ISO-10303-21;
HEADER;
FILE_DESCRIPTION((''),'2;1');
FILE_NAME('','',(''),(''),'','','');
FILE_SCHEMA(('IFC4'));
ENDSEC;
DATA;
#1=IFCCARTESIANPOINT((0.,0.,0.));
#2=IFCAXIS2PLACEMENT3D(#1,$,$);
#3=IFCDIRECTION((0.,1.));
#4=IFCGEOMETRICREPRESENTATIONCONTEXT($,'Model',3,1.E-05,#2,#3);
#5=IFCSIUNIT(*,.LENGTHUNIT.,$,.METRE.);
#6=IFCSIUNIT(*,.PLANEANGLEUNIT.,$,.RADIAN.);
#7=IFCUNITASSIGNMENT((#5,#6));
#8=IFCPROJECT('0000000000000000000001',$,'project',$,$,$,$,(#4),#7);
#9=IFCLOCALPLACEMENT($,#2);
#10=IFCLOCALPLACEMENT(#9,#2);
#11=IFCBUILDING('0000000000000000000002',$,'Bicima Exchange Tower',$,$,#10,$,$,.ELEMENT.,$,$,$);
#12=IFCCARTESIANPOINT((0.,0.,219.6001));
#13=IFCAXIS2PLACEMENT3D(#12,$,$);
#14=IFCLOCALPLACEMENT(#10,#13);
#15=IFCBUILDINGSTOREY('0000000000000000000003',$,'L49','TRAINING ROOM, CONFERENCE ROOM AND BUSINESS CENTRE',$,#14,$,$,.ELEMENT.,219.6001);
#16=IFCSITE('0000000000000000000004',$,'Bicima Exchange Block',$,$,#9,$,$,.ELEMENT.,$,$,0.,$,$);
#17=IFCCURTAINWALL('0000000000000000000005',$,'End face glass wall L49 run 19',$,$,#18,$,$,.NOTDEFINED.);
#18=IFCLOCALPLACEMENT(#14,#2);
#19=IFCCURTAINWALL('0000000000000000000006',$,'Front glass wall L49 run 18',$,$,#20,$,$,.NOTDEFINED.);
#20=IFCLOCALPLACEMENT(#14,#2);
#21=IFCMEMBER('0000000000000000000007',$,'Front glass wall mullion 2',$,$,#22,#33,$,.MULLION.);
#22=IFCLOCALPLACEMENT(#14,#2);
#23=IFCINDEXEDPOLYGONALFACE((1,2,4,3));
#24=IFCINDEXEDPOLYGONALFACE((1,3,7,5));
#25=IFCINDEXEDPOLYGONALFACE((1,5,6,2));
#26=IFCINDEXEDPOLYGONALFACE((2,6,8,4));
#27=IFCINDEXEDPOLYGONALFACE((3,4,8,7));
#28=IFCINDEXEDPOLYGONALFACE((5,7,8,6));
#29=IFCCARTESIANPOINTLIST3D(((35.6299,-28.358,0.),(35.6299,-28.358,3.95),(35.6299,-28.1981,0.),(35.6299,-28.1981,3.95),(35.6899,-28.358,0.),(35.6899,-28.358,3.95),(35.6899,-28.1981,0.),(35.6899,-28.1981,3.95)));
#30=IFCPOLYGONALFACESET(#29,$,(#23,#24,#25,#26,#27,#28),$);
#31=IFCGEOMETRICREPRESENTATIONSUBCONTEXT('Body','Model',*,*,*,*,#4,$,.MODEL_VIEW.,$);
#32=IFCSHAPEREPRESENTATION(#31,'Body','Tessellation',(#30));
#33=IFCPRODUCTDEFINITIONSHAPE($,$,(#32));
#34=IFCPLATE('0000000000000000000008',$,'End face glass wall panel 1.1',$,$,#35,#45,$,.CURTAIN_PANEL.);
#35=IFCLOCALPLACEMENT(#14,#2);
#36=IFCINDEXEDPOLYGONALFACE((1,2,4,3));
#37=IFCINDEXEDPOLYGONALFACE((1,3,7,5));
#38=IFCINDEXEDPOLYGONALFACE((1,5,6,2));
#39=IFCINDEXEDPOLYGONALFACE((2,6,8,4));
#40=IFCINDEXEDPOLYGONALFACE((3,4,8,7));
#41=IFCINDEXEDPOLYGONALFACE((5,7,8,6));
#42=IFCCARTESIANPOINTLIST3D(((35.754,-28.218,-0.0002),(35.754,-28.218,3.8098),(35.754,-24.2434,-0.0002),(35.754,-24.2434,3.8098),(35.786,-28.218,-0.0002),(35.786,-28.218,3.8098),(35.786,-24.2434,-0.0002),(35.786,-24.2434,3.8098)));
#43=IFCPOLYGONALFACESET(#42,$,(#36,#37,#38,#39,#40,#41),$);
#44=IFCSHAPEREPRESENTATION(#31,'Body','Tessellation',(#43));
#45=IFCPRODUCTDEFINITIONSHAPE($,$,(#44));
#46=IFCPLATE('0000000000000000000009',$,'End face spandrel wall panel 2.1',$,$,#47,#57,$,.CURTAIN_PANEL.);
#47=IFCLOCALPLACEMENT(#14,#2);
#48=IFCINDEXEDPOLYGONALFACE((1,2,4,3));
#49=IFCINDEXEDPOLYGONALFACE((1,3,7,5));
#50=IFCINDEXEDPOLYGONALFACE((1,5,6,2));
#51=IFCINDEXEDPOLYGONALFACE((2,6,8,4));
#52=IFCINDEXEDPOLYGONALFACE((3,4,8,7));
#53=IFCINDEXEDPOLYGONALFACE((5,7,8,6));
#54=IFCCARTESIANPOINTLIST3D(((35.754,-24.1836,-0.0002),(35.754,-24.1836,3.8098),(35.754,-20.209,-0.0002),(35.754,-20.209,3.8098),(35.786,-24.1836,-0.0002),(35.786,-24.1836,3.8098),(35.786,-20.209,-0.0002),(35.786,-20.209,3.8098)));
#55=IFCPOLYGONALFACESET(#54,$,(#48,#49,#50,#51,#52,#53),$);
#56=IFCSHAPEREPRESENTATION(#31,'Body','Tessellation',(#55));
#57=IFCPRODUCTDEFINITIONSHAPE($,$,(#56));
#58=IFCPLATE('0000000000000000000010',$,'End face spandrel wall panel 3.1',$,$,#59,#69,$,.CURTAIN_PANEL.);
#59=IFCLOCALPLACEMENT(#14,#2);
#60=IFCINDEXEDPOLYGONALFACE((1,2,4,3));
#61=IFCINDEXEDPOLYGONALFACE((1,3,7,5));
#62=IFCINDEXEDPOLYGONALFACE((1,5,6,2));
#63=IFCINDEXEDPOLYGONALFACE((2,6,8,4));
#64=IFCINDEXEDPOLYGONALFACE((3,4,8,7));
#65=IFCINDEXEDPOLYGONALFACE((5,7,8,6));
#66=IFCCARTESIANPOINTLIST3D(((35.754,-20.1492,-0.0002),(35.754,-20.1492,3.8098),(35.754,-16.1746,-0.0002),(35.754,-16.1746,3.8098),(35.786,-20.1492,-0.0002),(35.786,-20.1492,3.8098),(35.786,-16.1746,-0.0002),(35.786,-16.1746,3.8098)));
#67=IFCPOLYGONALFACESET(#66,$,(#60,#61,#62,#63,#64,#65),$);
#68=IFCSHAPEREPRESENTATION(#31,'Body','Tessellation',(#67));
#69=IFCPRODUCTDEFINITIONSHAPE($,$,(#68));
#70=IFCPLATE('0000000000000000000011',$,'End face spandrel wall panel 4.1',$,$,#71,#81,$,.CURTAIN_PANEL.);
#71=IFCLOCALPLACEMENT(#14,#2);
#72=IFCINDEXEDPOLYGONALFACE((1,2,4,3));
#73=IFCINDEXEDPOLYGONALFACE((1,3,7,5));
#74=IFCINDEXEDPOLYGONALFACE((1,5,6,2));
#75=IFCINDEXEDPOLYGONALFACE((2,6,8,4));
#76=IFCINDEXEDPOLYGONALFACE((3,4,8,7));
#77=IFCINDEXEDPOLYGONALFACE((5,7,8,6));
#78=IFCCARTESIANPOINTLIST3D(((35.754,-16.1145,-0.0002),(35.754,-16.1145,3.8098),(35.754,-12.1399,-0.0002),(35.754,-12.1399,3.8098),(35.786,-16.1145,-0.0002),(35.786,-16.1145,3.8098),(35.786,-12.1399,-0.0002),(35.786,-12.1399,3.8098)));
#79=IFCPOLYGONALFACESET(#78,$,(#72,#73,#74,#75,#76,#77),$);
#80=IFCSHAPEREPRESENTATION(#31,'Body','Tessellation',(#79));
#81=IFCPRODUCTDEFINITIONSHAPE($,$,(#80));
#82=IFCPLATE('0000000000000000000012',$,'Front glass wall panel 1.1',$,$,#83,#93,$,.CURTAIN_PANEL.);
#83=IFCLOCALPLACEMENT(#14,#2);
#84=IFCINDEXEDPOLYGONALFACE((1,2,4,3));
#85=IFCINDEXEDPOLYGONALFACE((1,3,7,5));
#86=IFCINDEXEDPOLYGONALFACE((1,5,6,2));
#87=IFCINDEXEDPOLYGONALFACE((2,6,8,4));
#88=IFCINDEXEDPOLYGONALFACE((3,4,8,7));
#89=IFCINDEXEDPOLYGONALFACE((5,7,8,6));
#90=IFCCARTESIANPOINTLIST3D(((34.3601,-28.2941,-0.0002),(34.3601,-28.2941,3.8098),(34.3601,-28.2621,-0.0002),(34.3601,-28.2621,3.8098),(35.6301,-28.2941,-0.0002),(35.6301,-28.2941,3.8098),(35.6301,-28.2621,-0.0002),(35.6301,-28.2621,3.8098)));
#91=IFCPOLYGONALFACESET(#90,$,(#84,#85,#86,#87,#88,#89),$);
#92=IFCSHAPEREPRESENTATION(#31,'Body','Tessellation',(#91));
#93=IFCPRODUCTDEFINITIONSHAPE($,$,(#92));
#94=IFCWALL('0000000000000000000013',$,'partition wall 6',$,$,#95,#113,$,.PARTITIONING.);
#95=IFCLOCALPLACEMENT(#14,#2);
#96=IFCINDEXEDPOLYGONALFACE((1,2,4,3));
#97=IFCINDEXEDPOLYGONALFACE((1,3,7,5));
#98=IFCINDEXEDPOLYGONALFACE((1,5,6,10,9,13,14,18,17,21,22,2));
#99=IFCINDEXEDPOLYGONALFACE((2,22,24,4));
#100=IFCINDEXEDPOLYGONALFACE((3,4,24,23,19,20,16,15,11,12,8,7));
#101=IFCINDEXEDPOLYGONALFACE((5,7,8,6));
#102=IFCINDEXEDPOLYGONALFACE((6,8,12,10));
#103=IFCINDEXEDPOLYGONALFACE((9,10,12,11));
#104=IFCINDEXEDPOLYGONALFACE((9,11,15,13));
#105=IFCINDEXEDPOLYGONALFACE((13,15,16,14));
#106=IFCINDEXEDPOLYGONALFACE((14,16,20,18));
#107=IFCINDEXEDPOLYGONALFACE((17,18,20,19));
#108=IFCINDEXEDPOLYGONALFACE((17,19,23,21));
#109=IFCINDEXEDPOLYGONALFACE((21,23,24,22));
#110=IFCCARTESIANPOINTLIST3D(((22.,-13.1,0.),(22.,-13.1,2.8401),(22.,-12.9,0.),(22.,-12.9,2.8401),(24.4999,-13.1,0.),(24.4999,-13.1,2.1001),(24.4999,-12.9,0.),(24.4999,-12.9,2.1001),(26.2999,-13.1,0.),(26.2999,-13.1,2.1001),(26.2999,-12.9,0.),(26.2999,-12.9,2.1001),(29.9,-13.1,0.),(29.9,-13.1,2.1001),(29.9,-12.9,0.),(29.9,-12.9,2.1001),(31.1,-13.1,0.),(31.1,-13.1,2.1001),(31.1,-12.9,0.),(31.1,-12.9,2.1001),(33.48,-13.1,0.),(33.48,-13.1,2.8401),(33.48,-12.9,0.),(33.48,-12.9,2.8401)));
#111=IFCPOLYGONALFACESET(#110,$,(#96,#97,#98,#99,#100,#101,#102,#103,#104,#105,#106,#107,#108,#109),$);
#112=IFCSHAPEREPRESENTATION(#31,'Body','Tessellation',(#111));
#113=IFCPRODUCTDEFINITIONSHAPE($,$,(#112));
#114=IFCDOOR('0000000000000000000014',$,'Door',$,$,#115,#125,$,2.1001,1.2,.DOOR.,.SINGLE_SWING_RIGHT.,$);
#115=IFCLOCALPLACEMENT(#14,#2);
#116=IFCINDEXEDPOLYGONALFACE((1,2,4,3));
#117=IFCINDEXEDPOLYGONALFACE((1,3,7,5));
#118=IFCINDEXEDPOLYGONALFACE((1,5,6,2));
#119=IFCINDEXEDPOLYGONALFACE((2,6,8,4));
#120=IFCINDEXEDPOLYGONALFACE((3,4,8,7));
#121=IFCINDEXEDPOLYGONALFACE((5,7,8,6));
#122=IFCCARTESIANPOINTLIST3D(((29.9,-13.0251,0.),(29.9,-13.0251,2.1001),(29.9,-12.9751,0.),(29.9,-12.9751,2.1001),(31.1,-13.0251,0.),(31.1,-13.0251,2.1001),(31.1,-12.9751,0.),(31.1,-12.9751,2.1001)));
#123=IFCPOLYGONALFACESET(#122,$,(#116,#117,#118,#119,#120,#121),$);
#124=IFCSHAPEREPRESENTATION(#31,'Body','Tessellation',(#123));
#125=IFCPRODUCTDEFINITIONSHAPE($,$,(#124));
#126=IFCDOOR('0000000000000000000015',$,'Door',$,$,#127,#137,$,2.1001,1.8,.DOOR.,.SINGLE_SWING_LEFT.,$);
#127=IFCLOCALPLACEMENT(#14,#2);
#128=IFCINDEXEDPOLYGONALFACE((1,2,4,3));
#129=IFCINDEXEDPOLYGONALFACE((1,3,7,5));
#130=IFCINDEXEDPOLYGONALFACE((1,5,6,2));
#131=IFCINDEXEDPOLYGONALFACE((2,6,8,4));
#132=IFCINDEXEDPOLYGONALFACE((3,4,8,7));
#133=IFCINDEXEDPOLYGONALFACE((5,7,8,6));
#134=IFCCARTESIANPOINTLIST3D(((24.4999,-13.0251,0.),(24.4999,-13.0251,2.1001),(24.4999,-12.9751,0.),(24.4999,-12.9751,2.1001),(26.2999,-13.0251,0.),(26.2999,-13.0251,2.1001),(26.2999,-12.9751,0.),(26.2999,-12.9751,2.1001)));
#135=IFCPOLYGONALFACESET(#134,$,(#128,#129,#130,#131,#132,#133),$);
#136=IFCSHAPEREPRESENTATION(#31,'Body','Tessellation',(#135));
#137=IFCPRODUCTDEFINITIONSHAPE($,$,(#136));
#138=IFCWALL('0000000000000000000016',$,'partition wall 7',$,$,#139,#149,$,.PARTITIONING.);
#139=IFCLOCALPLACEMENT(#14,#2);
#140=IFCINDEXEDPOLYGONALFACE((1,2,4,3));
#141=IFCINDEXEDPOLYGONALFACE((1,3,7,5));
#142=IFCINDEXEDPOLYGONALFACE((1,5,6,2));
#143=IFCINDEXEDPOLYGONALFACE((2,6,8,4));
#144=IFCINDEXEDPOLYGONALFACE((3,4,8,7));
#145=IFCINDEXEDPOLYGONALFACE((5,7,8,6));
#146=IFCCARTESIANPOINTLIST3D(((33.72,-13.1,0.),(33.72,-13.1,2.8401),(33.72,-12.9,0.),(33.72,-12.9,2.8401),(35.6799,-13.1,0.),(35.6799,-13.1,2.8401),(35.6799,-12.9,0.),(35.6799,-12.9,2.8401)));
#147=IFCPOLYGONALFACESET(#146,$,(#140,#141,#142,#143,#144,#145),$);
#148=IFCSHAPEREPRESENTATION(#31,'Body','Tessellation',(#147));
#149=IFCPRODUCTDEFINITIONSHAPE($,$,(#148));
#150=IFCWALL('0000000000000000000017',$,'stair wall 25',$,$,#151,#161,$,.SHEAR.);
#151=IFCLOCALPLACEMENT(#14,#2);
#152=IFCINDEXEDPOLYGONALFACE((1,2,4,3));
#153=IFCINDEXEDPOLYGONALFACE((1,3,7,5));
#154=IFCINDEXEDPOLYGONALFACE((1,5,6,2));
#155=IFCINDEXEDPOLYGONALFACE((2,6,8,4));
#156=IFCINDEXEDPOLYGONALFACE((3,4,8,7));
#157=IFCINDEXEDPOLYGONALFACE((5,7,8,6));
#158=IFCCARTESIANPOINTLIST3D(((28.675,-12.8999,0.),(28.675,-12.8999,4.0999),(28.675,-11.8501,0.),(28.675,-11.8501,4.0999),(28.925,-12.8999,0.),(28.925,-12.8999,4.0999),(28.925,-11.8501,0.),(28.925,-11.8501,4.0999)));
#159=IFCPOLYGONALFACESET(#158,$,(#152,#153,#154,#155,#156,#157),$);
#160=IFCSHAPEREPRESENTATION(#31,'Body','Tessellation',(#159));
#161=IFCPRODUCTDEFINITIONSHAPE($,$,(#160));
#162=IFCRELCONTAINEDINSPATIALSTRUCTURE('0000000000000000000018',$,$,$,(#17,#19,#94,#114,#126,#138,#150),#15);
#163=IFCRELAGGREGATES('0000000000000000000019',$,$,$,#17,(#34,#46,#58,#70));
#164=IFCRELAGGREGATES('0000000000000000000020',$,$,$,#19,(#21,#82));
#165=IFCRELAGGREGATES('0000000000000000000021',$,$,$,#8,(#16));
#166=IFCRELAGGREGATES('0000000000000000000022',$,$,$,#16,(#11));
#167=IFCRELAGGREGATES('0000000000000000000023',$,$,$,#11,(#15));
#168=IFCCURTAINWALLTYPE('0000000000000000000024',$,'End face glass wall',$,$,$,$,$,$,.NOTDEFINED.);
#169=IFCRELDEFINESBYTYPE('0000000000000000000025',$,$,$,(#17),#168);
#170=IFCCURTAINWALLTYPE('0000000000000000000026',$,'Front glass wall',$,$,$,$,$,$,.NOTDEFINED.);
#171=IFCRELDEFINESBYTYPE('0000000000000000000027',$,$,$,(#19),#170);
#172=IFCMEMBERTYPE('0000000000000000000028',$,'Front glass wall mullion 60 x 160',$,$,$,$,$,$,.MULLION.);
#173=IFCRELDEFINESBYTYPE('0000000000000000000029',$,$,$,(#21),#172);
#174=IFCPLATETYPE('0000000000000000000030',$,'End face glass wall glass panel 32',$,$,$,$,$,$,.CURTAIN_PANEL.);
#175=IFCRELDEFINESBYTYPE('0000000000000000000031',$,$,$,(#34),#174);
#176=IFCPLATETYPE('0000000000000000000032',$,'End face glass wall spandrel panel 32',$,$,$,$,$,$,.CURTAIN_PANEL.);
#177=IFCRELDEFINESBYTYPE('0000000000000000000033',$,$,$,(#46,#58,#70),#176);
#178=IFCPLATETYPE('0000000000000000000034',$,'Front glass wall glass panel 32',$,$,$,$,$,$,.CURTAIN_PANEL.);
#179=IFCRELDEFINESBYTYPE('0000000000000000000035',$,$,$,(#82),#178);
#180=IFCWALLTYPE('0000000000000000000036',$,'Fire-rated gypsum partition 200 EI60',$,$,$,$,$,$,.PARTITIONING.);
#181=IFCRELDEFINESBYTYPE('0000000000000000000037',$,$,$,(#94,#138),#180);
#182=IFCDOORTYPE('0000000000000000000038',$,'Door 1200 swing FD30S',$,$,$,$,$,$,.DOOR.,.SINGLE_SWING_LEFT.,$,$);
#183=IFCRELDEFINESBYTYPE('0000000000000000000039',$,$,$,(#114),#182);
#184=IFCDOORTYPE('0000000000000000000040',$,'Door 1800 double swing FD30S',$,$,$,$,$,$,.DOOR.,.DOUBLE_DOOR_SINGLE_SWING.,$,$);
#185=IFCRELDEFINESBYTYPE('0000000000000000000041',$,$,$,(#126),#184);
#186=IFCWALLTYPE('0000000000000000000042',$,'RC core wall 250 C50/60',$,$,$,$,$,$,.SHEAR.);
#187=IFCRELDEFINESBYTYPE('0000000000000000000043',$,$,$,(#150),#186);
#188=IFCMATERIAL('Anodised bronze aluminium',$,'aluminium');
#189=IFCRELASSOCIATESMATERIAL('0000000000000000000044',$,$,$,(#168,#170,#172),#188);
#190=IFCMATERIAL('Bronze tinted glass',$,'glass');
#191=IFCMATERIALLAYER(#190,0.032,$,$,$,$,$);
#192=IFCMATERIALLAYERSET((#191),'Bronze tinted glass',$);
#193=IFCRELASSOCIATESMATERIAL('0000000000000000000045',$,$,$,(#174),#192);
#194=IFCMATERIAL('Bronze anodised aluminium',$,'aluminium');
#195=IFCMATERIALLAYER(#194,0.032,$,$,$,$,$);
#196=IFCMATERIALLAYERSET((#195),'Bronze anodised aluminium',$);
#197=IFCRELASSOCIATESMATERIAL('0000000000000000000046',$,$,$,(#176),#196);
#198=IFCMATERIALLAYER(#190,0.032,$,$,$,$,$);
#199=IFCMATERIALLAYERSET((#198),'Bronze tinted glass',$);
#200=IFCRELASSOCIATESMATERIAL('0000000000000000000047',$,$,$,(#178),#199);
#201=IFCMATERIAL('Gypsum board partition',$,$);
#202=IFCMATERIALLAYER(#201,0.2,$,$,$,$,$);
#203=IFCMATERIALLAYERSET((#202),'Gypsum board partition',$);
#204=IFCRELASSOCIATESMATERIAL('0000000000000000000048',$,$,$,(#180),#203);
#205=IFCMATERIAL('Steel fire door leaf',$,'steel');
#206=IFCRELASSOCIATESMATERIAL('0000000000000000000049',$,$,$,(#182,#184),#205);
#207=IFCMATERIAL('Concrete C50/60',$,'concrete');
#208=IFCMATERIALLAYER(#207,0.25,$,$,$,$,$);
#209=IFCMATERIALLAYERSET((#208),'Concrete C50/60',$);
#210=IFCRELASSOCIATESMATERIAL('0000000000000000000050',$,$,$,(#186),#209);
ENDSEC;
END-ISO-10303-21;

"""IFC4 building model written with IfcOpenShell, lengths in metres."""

from ifc_helpers import new_model, si_unit, direction, frame, frame_2d, origin, origin_2d, place, context, subcontext, project, spatial, rectangle, extrude, material, layer, layer_set, material_profile, profile_set, type_object, element, fill, aggregate, save


model = new_model("IFC4")

# Units and contexts
model_context = context("Model", 3, precision=1e-05, world=origin(), true_north=direction((0.0, 1.0)))
body_context = subcontext(model_context, "Body", "Model", "MODEL_VIEW")
ifc_project = project(units=[si_unit("LENGTHUNIT", "METRE"), si_unit("PLANEANGLEUNIT", "RADIAN")], contexts=[model_context])

# Site, building, storey
site_placement = place(None, origin())
site = spatial("IfcSite", under=ifc_project, at=site_placement, Name="Bicima Exchange Block", CompositionType="ELEMENT", RefElevation=0.0)
building_placement = place(site_placement, origin())
building = spatial("IfcBuilding", under=site, at=building_placement, Name="Bicima Exchange Tower", CompositionType="ELEMENT")
storey_placement = place(building_placement, frame((0.0, 0.0, 219.6001)))
storey = spatial("IfcBuildingStorey", under=building, at=storey_placement, Name="L49", Description="TRAINING ROOM, CONFERENCE ROOM AND BUSINESS CENTRE", CompositionType="ELEMENT", Elevation=219.6001)

# Curtain wall
ifc_material_1 = material(Name="Anodised bronze aluminium", Category="aluminium")
curtain_wall_type_1 = type_object("IfcCurtainWallType", Name="End face glass wall", PredefinedType="NOTDEFINED", material=ifc_material_1)
curtain_wall_1_placement = place(storey_placement, origin())
curtain_wall_1 = element("IfcCurtainWall", 1, at=curtain_wall_1_placement, inside=storey, type_object=curtain_wall_type_1, Name="End face glass wall L49 run 19", PredefinedType="NOTDEFINED")
ifc_material_profile_1 = material_profile(ifc_material_1, rectangle(XDim=0.1599, YDim=0.0601, at=origin_2d()))
ifc_profile_set_1 = profile_set([ifc_material_profile_1], Name="Anodised bronze aluminium")

# Curtain wall, member
curtain_wall_type_2 = type_object("IfcCurtainWallType", Name="Front glass wall", PredefinedType="NOTDEFINED", material=ifc_material_1)
curtain_wall_2_placement = place(storey_placement, origin())
curtain_wall_2 = element("IfcCurtainWall", 2, at=curtain_wall_2_placement, inside=storey, type_object=curtain_wall_type_2, Name="Front glass wall L49 run 18", PredefinedType="NOTDEFINED")
member_type_1 = type_object("IfcMemberType", Name="Front glass wall mullion 60 x 160", PredefinedType="MULLION", material=ifc_profile_set_1)
member_1_placement = place(storey_placement, frame((35.6599, -28.2781, 0.0), z_axis=(0.0, 0.0, 1.0), x_axis=(0.0, 1.0, 0.0)))
member_1 = element("IfcMember", 3, at=member_1_placement, type_object=member_type_1, Name="Front glass wall mullion 2", PredefinedType="MULLION", context=body_context, shape_type="SweptSolid", body=[
    extrude(rectangle(XDim=0.1599, YDim=0.0601, at=origin_2d()), origin(), (0.0, 0.0, 1.0), 3.95),
])

# Plates
ifc_material_2 = material(Name="Bronze tinted glass", Category="glass")
ifc_layer_1 = layer(ifc_material_2, 0.032)
ifc_layer_set_1 = layer_set([ifc_layer_1], Name="Bronze tinted glass")
plate_type_1 = type_object("IfcPlateType", Name="End face glass wall glass panel 32", PredefinedType="CURTAIN_PANEL", material=ifc_layer_set_1)
plate_1_placement = place(storey_placement, frame((35.77, -26.2307, -0.0002), z_axis=(0.0, 0.0, 1.0), x_axis=(0.0, 1.0, 0.0)))
plate_1 = element("IfcPlate", 4, at=plate_1_placement, type_object=plate_type_1, Name="End face glass wall panel 1.1", PredefinedType="CURTAIN_PANEL", context=body_context, shape_type="SweptSolid", body=[
    extrude(rectangle(XDim=3.9746, YDim=0.032, at=origin_2d()), origin(), (0.0, 0.0, 1.0), 3.8101),
])
ifc_material_3 = material(Name="Bronze anodised aluminium", Category="aluminium")
ifc_layer_2 = layer(ifc_material_3, 0.032)
ifc_layer_set_2 = layer_set([ifc_layer_2], Name="Bronze anodised aluminium")
plate_type_2 = type_object("IfcPlateType", Name="End face glass wall spandrel panel 32", PredefinedType="CURTAIN_PANEL", material=ifc_layer_set_2)
plate_2_placement = place(storey_placement, frame((35.77, -22.1963, -0.0002), z_axis=(0.0, 0.0, 1.0), x_axis=(0.0, 1.0, 0.0)))
plate_2 = element("IfcPlate", 5, at=plate_2_placement, type_object=plate_type_2, Name="End face spandrel wall panel 2.1", PredefinedType="CURTAIN_PANEL", context=body_context, shape_type="SweptSolid", body=[
    extrude(rectangle(XDim=3.9746, YDim=0.032, at=origin_2d()), origin(), (0.0, 0.0, 1.0), 3.8101),
])
plate_3_placement = place(storey_placement, frame((35.77, -18.1619, -0.0002), z_axis=(0.0, 0.0, 1.0), x_axis=(0.0, 1.0, 0.0)))
plate_3 = element("IfcPlate", 6, at=plate_3_placement, type_object=plate_type_2, Name="End face spandrel wall panel 3.1", PredefinedType="CURTAIN_PANEL", context=body_context, shape_type="SweptSolid", body=[
    extrude(rectangle(XDim=3.9746, YDim=0.032, at=origin_2d()), origin(), (0.0, 0.0, 1.0), 3.8101),
])
plate_4_placement = place(storey_placement, frame((35.77, -14.1272, -0.0002), z_axis=(0.0, 0.0, 1.0), x_axis=(0.0, 1.0, 0.0)))
plate_4 = element("IfcPlate", 7, at=plate_4_placement, type_object=plate_type_2, Name="End face spandrel wall panel 4.1", PredefinedType="CURTAIN_PANEL", context=body_context, shape_type="SweptSolid", body=[
    extrude(rectangle(XDim=3.9746, YDim=0.032, at=origin_2d()), origin(), (0.0, 0.0, 1.0), 3.8101),
])
aggregate(curtain_wall_1, [plate_1, plate_2, plate_3, plate_4])
ifc_layer_3 = layer(ifc_material_2, 0.032)
ifc_layer_set_3 = layer_set([ifc_layer_3], Name="Bronze tinted glass")
plate_type_3 = type_object("IfcPlateType", Name="Front glass wall glass panel 32", PredefinedType="CURTAIN_PANEL", material=ifc_layer_set_3)
plate_5_placement = place(storey_placement, frame((34.9951, -28.2781, -0.0002), z_axis=(0.0, 0.0, 1.0), x_axis=(1.0, 0.0, 0.0)))
plate_5 = element("IfcPlate", 8, at=plate_5_placement, type_object=plate_type_3, Name="Front glass wall panel 1.1", PredefinedType="CURTAIN_PANEL", context=body_context, shape_type="SweptSolid", body=[
    extrude(rectangle(XDim=1.27, YDim=0.032, at=origin_2d()), origin(), (0.0, 0.0, 1.0), 3.8101),
])
aggregate(curtain_wall_2, [member_1, plate_5])

# Wall, openings, doors
ifc_material_4 = material(Name="Gypsum board partition")
ifc_layer_4 = layer(ifc_material_4, 0.2)
ifc_layer_set_4 = layer_set([ifc_layer_4], Name="Gypsum board partition")
wall_type_1 = type_object("IfcWallType", Name="Fire-rated gypsum partition 200 EI60", PredefinedType="PARTITIONING", material=ifc_layer_set_4)
wall_1_placement = place(storey_placement, frame((22.0, -13.0, 0.0), z_axis=(0.0, 0.0, 1.0), x_axis=(1.0, 0.0, 0.0)))
wall_1 = element("IfcWall", 9, at=wall_1_placement, inside=storey, type_object=wall_type_1, Name="partition wall 6", PredefinedType="PARTITIONING", context=body_context, shape_type="SweptSolid", body=[
    extrude(rectangle(XDim=11.48, YDim=0.2, at=frame_2d((5.74, 0.0))), origin(), (0.0, 0.0, 1.0), 2.8401),
])
opening_1_placement = place(wall_1_placement, frame((7.8999, 0.0, 0.0)))
opening_1 = element("IfcOpeningElement", 10, at=opening_1_placement, cuts=wall_1, PredefinedType="OPENING", context=body_context, shape_type="SweptSolid", body=[
    extrude(rectangle(XDim=1.2, YDim=2.1001, at=frame_2d((0.6001, 1.05))), frame((0.0, 0.1118, 0.0), z_axis=(0.0, -1.0, 0.0), x_axis=(1.0, 0.0, 0.0)), (0.0, 0.0, 1.0), 0.2239),
])
opening_2_placement = place(wall_1_placement, frame((2.5, 0.0, 0.0)))
opening_2 = element("IfcOpeningElement", 11, at=opening_2_placement, cuts=wall_1, PredefinedType="OPENING", context=body_context, shape_type="SweptSolid", body=[
    extrude(rectangle(XDim=1.8, YDim=2.1001, at=frame_2d((0.8999, 1.05))), frame((0.0, 0.1118, 0.0), z_axis=(0.0, -1.0, 0.0), x_axis=(1.0, 0.0, 0.0)), (0.0, 0.0, 1.0), 0.2239),
])
ifc_material_5 = material(Name="Steel fire door leaf", Category="steel")
door_type_1 = type_object("IfcDoorType", Name="Door 1200 swing FD30S", OperationType="SINGLE_SWING_LEFT", PredefinedType="DOOR", material=ifc_material_5)
door_1_placement = place(opening_1_placement, origin())
door_1 = element("IfcDoor", 12, at=door_1_placement, inside=storey, type_object=door_type_1, Name="Door", OperationType="SINGLE_SWING_RIGHT", OverallHeight=2.1001, OverallWidth=1.2, PredefinedType="DOOR", context=body_context, shape_type="SweptSolid", body=[
    extrude(rectangle(XDim=1.2, YDim=2.1001, at=frame_2d((0.6001, 1.05))), frame((0.0, 0.0249, 0.0), z_axis=(0.0, -1.0, 0.0), x_axis=(1.0, 0.0, 0.0)), (0.0, 0.0, 1.0), 0.05),
])
fill(opening_1, door_1)
door_type_2 = type_object("IfcDoorType", Name="Door 1800 double swing FD30S", OperationType="DOUBLE_DOOR_SINGLE_SWING", PredefinedType="DOOR", material=ifc_material_5)
door_2_placement = place(opening_2_placement, origin())
door_2 = element("IfcDoor", 13, at=door_2_placement, inside=storey, type_object=door_type_2, Name="Door", OperationType="SINGLE_SWING_LEFT", OverallHeight=2.1001, OverallWidth=1.8, PredefinedType="DOOR", context=body_context, shape_type="SweptSolid", body=[
    extrude(rectangle(XDim=1.8, YDim=2.1001, at=frame_2d((0.8999, 1.05))), frame((0.0, 0.0249, 0.0), z_axis=(0.0, -1.0, 0.0), x_axis=(1.0, 0.0, 0.0)), (0.0, 0.0, 1.0), 0.05),
])
fill(opening_2, door_2)

# Walls
wall_2_placement = place(storey_placement, frame((33.72, -13.0, 0.0), z_axis=(0.0, 0.0, 1.0), x_axis=(1.0, 0.0, 0.0)))
element("IfcWall", 14, at=wall_2_placement, inside=storey, type_object=wall_type_1, Name="partition wall 7", PredefinedType="PARTITIONING", context=body_context, shape_type="SweptSolid", body=[
    extrude(rectangle(XDim=1.96, YDim=0.2, at=frame_2d((0.98, 0.0))), origin(), (0.0, 0.0, 1.0), 2.8401),
])
ifc_material_6 = material(Name="Concrete C50/60", Category="concrete")
ifc_layer_5 = layer(ifc_material_6, 0.25)
ifc_layer_set_5 = layer_set([ifc_layer_5], Name="Concrete C50/60")
wall_type_2 = type_object("IfcWallType", Name="RC core wall 250 C50/60", PredefinedType="SHEAR", material=ifc_layer_set_5)
wall_3_placement = place(storey_placement, frame((28.8, -12.8999, 0.0), z_axis=(0.0, 0.0, 1.0), x_axis=(0.0, 1.0, 0.0)))
element("IfcWall", 15, at=wall_3_placement, inside=storey, type_object=wall_type_2, Name="stair wall 25", PredefinedType="SHEAR", context=body_context, shape_type="SweptSolid", body=[
    extrude(rectangle(XDim=1.0498, YDim=0.25, at=frame_2d((0.5249, 0.0))), origin(), (0.0, 0.0, 1.0), 4.0999),
])

save(model, "model.ifc")
